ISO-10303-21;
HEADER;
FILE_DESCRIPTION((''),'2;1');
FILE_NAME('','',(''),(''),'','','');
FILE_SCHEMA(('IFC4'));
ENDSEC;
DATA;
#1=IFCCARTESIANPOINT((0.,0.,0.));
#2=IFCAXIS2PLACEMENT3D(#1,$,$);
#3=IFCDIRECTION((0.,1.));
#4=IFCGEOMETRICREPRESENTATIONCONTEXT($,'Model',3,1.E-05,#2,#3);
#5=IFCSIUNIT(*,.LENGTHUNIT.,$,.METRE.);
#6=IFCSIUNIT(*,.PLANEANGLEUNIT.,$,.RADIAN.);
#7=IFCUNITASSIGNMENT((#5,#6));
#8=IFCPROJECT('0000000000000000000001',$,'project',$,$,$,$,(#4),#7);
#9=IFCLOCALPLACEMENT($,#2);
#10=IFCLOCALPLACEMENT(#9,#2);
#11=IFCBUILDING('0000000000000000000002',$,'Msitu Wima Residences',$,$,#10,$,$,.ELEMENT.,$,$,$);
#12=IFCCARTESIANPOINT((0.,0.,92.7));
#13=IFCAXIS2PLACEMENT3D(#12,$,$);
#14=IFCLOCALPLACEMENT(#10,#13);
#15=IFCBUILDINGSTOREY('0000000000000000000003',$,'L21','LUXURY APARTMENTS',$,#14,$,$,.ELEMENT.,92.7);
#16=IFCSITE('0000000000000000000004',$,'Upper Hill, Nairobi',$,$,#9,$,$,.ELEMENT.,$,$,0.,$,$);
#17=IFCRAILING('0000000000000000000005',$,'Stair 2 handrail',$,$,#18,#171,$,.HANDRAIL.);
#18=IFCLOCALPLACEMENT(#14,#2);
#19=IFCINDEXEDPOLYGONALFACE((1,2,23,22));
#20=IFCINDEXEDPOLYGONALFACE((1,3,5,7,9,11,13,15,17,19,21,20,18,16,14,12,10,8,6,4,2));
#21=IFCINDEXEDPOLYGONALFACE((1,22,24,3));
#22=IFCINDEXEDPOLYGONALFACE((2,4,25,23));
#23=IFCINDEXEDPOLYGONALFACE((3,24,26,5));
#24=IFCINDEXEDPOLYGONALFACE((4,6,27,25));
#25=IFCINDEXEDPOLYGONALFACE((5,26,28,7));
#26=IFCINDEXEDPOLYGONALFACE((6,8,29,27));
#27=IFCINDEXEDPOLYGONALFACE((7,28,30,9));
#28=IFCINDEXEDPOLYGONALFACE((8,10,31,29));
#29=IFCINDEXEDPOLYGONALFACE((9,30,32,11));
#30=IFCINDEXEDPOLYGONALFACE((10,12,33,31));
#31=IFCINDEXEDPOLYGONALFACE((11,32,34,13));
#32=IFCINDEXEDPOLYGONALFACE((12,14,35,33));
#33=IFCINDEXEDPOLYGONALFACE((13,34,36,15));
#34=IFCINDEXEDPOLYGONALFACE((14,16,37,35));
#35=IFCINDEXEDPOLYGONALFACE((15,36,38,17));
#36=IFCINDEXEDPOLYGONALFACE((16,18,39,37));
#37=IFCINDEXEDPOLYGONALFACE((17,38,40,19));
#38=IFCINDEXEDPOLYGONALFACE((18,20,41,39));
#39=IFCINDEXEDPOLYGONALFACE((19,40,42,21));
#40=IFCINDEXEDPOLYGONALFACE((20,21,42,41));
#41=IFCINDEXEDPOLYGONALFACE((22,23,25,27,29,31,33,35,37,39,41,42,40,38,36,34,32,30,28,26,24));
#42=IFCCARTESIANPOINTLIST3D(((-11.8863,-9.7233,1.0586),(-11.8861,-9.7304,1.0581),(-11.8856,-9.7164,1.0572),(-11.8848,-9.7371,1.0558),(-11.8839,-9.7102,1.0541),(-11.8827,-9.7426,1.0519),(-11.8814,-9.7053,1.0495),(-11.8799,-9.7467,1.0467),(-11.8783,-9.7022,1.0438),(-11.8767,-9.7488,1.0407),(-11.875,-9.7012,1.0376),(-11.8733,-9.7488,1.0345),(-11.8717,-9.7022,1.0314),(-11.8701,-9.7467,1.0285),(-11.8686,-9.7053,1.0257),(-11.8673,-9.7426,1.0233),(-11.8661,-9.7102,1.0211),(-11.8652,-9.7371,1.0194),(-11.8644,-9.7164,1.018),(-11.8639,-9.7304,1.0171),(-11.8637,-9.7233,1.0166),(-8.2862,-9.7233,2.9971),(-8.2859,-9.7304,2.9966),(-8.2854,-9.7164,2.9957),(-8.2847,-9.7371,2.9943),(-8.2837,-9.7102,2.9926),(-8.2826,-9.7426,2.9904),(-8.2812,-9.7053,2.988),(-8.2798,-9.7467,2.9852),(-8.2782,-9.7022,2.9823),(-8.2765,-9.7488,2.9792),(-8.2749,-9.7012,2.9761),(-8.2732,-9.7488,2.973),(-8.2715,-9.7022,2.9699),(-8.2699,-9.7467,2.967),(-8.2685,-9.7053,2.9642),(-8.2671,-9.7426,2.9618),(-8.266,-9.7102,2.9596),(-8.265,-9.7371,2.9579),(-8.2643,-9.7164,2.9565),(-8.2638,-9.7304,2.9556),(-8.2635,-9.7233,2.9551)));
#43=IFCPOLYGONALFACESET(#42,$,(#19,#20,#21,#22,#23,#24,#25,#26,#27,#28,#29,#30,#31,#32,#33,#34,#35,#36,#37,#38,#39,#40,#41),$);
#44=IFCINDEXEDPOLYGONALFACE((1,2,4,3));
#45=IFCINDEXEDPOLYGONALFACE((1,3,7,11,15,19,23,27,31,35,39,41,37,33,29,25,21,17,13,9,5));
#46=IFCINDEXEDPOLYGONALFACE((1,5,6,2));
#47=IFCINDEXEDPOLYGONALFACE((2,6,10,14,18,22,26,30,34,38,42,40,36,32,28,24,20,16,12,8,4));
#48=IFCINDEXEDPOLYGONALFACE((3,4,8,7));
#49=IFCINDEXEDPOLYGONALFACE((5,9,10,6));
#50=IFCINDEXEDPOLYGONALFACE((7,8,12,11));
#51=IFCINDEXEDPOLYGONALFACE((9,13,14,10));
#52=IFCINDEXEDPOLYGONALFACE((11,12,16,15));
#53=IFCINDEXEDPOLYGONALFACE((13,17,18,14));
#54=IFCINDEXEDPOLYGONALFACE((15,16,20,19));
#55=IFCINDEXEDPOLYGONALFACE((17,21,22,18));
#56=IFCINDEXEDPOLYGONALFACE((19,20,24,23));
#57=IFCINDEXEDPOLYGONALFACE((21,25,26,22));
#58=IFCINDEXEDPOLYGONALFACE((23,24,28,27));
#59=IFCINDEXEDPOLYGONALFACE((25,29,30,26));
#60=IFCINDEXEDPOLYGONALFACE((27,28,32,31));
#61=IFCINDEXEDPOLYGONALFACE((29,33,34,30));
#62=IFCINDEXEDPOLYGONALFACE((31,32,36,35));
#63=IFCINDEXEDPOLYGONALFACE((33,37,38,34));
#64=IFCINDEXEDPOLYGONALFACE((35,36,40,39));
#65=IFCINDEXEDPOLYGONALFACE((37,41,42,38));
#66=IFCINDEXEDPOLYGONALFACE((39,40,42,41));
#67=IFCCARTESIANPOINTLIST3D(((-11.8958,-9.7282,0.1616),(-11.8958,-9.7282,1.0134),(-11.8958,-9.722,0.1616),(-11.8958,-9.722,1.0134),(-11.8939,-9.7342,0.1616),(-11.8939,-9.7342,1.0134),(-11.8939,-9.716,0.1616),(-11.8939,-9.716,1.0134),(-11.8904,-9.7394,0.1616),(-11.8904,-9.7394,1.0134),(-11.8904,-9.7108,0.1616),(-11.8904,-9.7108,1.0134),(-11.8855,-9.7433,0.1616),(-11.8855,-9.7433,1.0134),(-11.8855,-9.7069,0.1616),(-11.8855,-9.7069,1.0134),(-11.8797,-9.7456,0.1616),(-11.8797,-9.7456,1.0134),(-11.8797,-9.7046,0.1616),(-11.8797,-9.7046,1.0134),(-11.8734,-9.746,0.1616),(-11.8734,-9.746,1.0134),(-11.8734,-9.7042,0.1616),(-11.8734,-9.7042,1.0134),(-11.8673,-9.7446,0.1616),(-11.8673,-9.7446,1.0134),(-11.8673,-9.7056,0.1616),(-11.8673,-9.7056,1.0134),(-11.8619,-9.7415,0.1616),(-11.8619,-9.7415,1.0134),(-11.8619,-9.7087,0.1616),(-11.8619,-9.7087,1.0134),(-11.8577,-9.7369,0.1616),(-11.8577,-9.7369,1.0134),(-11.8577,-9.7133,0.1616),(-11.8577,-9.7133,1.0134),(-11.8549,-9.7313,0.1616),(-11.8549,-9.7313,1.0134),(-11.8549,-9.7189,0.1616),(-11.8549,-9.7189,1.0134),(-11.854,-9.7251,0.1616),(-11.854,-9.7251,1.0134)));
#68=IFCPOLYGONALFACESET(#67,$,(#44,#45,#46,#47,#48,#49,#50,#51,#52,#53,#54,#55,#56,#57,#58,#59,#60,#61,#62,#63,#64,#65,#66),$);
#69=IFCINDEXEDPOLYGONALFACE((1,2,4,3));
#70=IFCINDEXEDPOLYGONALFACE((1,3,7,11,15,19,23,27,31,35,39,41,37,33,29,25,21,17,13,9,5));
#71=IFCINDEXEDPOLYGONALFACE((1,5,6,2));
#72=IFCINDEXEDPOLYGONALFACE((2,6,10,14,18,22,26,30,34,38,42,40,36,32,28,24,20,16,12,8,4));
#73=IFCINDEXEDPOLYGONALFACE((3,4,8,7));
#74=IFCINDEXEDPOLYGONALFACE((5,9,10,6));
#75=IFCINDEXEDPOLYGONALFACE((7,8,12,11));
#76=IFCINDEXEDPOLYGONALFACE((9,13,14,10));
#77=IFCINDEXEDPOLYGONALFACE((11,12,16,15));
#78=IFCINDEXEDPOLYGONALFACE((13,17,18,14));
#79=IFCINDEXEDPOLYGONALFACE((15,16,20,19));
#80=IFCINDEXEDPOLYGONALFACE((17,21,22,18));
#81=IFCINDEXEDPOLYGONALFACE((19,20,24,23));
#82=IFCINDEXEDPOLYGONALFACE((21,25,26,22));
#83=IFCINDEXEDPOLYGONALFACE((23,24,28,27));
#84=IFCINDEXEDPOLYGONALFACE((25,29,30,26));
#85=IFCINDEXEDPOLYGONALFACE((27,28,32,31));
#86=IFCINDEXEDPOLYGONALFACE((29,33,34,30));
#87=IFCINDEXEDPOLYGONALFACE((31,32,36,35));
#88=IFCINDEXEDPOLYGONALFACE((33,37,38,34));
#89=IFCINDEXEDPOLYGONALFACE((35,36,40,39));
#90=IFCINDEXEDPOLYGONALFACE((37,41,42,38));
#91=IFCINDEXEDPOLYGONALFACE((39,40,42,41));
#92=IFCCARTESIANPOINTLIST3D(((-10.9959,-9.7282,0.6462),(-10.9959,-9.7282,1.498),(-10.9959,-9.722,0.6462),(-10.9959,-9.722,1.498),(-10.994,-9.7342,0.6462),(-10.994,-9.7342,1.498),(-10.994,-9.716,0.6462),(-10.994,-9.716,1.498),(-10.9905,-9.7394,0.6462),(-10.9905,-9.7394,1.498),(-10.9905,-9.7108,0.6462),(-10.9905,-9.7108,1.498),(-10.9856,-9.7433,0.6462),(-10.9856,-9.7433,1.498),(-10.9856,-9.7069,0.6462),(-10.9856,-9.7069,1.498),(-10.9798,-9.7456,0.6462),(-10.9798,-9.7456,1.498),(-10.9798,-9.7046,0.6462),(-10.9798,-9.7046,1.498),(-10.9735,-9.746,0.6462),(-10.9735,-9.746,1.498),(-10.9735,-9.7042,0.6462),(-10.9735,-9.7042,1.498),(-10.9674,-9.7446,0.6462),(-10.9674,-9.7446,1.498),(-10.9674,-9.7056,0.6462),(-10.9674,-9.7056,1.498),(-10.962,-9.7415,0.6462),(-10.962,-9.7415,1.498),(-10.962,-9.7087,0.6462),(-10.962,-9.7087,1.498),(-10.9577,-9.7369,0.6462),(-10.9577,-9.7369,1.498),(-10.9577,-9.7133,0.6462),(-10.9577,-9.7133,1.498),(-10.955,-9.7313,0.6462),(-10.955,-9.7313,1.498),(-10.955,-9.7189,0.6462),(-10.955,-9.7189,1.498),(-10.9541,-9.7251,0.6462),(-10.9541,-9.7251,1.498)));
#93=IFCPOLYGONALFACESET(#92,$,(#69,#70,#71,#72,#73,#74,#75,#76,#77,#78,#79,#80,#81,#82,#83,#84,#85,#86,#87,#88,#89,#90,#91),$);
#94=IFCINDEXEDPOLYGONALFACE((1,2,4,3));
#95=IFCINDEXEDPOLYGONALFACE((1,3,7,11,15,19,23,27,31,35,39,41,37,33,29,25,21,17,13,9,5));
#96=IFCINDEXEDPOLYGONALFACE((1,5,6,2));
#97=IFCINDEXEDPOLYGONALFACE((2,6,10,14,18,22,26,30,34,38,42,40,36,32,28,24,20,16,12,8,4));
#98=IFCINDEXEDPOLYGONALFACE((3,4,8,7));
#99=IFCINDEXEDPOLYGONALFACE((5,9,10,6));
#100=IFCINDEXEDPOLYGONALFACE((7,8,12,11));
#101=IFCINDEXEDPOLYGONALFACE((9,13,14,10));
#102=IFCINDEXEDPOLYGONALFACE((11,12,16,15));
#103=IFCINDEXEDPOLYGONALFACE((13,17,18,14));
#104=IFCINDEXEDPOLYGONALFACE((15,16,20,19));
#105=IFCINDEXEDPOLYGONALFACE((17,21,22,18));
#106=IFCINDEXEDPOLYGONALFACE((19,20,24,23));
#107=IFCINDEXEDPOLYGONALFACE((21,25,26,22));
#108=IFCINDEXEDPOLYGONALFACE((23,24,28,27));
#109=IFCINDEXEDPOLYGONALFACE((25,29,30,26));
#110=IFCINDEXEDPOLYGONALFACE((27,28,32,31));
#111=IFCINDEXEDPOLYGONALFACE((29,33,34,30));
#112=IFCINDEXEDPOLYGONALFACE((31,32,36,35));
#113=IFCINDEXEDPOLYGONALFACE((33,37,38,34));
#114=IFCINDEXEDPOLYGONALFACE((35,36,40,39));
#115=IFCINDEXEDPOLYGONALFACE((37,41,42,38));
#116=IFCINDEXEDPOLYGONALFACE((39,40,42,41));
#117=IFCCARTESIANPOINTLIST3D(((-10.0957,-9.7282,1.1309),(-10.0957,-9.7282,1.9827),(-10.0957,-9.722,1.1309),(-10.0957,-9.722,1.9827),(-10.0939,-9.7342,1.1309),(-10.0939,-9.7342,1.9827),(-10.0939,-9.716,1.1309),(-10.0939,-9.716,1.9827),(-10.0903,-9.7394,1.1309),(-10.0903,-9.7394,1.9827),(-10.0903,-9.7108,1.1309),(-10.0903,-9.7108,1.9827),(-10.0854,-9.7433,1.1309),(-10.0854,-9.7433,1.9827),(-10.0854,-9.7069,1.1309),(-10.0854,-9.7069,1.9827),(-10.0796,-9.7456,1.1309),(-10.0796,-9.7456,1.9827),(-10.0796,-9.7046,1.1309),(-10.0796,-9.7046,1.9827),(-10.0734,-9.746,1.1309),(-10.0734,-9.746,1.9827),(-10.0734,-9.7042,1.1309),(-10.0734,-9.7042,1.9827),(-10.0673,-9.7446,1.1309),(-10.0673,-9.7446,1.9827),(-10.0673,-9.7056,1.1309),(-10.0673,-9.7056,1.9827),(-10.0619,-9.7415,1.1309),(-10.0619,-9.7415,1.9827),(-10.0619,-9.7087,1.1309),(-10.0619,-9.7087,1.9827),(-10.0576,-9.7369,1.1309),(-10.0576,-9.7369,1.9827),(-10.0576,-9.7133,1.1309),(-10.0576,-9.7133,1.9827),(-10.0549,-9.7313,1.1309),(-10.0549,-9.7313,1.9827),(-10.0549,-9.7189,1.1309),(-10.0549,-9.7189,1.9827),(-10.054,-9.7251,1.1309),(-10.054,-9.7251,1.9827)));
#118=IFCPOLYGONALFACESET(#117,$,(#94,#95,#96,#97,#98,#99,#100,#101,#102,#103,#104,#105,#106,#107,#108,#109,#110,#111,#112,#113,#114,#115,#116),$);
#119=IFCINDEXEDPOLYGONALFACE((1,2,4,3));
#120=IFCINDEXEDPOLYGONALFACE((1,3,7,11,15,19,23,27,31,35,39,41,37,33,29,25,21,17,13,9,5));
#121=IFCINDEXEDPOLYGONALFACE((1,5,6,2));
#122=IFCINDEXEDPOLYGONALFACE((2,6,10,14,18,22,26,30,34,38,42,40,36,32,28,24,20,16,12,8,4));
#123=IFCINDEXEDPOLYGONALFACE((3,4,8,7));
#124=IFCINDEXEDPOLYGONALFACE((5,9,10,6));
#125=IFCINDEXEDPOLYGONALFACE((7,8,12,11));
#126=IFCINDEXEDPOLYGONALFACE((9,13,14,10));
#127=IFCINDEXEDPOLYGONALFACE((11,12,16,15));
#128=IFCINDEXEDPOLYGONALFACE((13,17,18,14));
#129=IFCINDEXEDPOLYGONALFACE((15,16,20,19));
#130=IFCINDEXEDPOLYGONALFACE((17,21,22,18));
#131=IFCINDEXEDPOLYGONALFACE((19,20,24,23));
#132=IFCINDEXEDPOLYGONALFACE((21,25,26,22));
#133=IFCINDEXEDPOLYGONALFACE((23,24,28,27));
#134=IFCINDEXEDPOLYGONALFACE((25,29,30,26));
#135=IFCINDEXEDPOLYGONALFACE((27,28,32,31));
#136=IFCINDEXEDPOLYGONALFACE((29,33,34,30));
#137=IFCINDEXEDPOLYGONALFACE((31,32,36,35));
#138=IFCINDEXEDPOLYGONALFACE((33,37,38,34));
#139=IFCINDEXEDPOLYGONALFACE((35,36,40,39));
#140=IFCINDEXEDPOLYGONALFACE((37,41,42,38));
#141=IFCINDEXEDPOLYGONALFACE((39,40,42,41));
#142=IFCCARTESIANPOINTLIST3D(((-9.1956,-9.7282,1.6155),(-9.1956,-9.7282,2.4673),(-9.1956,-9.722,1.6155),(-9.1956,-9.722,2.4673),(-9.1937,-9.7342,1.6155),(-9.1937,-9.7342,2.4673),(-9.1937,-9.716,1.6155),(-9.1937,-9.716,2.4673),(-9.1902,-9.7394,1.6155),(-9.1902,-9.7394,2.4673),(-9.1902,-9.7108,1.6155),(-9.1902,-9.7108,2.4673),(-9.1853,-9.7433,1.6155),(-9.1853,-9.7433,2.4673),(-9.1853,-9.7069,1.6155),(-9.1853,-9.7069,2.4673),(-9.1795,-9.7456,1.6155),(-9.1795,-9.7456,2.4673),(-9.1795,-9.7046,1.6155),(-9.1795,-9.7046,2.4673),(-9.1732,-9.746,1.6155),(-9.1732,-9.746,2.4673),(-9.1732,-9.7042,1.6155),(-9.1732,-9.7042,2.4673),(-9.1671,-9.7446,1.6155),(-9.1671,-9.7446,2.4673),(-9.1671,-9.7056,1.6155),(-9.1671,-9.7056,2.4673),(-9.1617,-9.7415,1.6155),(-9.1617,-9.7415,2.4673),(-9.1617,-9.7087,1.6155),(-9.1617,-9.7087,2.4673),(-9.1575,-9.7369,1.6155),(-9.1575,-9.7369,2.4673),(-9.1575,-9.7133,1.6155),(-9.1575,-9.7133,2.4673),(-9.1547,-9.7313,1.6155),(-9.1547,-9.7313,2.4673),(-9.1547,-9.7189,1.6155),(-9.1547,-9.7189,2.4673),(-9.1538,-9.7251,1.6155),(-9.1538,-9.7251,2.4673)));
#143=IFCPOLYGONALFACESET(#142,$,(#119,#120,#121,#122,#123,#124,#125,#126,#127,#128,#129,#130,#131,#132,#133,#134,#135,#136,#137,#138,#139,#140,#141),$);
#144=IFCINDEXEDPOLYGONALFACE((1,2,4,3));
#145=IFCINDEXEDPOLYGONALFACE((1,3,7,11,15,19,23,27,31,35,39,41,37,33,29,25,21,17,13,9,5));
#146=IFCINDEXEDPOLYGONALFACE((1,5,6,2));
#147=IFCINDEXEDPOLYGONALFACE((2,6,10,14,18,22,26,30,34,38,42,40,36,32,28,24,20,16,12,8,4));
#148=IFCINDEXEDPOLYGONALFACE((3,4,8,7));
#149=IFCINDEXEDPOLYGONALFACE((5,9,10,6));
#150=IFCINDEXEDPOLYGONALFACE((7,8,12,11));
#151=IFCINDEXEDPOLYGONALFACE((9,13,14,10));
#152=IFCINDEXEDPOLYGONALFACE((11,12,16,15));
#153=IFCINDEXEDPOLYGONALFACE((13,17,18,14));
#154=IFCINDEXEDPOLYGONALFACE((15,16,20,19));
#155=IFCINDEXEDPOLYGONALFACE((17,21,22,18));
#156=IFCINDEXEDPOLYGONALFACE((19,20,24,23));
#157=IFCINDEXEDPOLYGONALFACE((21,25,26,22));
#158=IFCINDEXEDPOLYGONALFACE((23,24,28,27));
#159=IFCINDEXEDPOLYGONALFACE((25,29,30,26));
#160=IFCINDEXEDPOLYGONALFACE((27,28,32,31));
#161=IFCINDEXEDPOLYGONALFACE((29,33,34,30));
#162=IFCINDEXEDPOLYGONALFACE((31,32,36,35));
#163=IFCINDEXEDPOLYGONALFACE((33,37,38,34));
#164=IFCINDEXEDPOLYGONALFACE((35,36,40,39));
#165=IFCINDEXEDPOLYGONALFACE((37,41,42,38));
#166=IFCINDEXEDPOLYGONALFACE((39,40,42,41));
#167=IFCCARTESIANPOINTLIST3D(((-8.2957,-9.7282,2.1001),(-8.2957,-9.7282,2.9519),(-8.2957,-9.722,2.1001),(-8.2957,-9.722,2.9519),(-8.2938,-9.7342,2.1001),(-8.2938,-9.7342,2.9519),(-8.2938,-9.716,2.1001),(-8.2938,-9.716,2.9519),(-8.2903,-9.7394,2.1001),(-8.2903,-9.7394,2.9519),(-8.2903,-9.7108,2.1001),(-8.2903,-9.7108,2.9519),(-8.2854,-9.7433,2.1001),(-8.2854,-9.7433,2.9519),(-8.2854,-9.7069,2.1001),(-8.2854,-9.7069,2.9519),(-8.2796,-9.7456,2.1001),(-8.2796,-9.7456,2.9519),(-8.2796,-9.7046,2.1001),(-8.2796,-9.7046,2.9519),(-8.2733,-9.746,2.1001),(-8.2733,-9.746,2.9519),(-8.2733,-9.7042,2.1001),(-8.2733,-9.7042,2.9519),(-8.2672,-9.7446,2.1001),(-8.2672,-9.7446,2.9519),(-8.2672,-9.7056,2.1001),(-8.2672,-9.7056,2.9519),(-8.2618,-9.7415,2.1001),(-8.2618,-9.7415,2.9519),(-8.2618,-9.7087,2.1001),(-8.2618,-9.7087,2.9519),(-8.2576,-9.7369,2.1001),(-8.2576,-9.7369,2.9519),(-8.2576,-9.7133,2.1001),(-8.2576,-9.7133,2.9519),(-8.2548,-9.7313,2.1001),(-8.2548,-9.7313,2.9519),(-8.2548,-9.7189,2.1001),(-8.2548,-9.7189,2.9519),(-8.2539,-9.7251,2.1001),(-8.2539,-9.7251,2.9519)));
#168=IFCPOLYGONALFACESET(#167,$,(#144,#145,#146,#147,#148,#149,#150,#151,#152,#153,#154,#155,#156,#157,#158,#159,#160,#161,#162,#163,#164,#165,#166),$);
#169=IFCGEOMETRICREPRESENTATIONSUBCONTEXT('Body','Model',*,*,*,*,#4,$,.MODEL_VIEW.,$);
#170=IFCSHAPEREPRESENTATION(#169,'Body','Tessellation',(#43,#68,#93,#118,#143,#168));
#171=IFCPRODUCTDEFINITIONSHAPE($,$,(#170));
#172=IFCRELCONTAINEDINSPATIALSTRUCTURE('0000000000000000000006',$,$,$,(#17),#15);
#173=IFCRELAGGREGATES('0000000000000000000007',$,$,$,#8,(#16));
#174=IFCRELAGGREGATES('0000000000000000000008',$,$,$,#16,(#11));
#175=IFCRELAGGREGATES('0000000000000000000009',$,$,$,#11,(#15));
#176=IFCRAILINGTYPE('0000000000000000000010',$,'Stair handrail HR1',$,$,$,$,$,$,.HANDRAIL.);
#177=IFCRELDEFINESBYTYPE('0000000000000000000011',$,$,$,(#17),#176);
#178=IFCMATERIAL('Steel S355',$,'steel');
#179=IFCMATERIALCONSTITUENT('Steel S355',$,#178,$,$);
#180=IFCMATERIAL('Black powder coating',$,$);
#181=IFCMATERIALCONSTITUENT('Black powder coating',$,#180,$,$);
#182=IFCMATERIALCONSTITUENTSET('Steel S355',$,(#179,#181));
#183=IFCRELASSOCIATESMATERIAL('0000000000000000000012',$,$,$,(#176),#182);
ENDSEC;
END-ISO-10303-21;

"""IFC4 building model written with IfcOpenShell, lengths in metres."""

from ifc_helpers import new_model, si_unit, direction, frame, origin, origin_2d, place, context, subcontext, project, spatial, circle, extrude, material, constituent, constituent_set, type_object, element, save


model = new_model("IFC4")

# Units and contexts
model_context = context("Model", 3, precision=1e-05, world=origin(), true_north=direction((0.0, 1.0)))
body_context = subcontext(model_context, "Body", "Model", "MODEL_VIEW")
ifc_project = project(units=[si_unit("LENGTHUNIT", "METRE"), si_unit("PLANEANGLEUNIT", "RADIAN")], contexts=[model_context])

# Site, building, storey
site_placement = place(None, origin())
site = spatial("IfcSite", under=ifc_project, at=site_placement, Name="Upper Hill, Nairobi", CompositionType="ELEMENT", RefElevation=0.0)
building_placement = place(site_placement, origin())
building = spatial("IfcBuilding", under=site, at=building_placement, Name="Msitu Wima Residences", CompositionType="ELEMENT")
storey_placement = place(building_placement, frame((0.0, 0.0, 92.7)))
storey = spatial("IfcBuildingStorey", under=building, at=storey_placement, Name="L21", Description="LUXURY APARTMENTS", CompositionType="ELEMENT", Elevation=92.7)

# Railing
ifc_material_1 = material(Name="Steel S355", Category="steel")
ifc_constituent_1 = constituent(ifc_material_1, Name="Steel S355")
ifc_material_2 = material(Name="Black powder coating")
ifc_constituent_2 = constituent(ifc_material_2, Name="Black powder coating")
ifc_constituent_set = constituent_set(constituents=[ifc_constituent_1, ifc_constituent_2], Name="Steel S355")
railing_type = type_object("IfcRailingType", Name="Stair handrail HR1", PredefinedType="HANDRAIL", material=ifc_constituent_set)
for number, where, name in (
    (1, (-11.875, -9.7251, 0.1616), "Stair 2 handrail"),
):
    element("IfcRailing", number, at=place(storey_placement, frame(where)), inside=storey, type_object=railing_type, Name=name, PredefinedType="HANDRAIL", context=body_context, shape_type="SweptSolid", body=[
        extrude(circle(Radius=0.0239, at=origin_2d()), frame((0.0, 0.0, 0.876), z_axis=(0.880475, 0.0, 0.474093), x_axis=(0.0, 1.0, 0.0)), (0.0, 0.0, 1.0), 4.0889),
        extrude(circle(Radius=0.021, at=origin_2d()), origin(), (0.0, 0.0, 1.0), 0.8518),
        extrude(circle(Radius=0.021, at=origin_2d()), frame((0.8999, 0.0, 0.4846)), (0.0, 0.0, 1.0), 0.8518),
        extrude(circle(Radius=0.021, at=origin_2d()), frame((1.8, 0.0, 0.9692)), (0.0, 0.0, 1.0), 0.8518),
        extrude(circle(Radius=0.021, at=origin_2d()), frame((2.7002, 0.0, 1.4539)), (0.0, 0.0, 1.0), 0.8518),
        extrude(circle(Radius=0.021, at=origin_2d()), frame((3.6001, 0.0, 1.9385)), (0.0, 0.0, 1.0), 0.8518),
    ])

save(model, "model.ifc")
